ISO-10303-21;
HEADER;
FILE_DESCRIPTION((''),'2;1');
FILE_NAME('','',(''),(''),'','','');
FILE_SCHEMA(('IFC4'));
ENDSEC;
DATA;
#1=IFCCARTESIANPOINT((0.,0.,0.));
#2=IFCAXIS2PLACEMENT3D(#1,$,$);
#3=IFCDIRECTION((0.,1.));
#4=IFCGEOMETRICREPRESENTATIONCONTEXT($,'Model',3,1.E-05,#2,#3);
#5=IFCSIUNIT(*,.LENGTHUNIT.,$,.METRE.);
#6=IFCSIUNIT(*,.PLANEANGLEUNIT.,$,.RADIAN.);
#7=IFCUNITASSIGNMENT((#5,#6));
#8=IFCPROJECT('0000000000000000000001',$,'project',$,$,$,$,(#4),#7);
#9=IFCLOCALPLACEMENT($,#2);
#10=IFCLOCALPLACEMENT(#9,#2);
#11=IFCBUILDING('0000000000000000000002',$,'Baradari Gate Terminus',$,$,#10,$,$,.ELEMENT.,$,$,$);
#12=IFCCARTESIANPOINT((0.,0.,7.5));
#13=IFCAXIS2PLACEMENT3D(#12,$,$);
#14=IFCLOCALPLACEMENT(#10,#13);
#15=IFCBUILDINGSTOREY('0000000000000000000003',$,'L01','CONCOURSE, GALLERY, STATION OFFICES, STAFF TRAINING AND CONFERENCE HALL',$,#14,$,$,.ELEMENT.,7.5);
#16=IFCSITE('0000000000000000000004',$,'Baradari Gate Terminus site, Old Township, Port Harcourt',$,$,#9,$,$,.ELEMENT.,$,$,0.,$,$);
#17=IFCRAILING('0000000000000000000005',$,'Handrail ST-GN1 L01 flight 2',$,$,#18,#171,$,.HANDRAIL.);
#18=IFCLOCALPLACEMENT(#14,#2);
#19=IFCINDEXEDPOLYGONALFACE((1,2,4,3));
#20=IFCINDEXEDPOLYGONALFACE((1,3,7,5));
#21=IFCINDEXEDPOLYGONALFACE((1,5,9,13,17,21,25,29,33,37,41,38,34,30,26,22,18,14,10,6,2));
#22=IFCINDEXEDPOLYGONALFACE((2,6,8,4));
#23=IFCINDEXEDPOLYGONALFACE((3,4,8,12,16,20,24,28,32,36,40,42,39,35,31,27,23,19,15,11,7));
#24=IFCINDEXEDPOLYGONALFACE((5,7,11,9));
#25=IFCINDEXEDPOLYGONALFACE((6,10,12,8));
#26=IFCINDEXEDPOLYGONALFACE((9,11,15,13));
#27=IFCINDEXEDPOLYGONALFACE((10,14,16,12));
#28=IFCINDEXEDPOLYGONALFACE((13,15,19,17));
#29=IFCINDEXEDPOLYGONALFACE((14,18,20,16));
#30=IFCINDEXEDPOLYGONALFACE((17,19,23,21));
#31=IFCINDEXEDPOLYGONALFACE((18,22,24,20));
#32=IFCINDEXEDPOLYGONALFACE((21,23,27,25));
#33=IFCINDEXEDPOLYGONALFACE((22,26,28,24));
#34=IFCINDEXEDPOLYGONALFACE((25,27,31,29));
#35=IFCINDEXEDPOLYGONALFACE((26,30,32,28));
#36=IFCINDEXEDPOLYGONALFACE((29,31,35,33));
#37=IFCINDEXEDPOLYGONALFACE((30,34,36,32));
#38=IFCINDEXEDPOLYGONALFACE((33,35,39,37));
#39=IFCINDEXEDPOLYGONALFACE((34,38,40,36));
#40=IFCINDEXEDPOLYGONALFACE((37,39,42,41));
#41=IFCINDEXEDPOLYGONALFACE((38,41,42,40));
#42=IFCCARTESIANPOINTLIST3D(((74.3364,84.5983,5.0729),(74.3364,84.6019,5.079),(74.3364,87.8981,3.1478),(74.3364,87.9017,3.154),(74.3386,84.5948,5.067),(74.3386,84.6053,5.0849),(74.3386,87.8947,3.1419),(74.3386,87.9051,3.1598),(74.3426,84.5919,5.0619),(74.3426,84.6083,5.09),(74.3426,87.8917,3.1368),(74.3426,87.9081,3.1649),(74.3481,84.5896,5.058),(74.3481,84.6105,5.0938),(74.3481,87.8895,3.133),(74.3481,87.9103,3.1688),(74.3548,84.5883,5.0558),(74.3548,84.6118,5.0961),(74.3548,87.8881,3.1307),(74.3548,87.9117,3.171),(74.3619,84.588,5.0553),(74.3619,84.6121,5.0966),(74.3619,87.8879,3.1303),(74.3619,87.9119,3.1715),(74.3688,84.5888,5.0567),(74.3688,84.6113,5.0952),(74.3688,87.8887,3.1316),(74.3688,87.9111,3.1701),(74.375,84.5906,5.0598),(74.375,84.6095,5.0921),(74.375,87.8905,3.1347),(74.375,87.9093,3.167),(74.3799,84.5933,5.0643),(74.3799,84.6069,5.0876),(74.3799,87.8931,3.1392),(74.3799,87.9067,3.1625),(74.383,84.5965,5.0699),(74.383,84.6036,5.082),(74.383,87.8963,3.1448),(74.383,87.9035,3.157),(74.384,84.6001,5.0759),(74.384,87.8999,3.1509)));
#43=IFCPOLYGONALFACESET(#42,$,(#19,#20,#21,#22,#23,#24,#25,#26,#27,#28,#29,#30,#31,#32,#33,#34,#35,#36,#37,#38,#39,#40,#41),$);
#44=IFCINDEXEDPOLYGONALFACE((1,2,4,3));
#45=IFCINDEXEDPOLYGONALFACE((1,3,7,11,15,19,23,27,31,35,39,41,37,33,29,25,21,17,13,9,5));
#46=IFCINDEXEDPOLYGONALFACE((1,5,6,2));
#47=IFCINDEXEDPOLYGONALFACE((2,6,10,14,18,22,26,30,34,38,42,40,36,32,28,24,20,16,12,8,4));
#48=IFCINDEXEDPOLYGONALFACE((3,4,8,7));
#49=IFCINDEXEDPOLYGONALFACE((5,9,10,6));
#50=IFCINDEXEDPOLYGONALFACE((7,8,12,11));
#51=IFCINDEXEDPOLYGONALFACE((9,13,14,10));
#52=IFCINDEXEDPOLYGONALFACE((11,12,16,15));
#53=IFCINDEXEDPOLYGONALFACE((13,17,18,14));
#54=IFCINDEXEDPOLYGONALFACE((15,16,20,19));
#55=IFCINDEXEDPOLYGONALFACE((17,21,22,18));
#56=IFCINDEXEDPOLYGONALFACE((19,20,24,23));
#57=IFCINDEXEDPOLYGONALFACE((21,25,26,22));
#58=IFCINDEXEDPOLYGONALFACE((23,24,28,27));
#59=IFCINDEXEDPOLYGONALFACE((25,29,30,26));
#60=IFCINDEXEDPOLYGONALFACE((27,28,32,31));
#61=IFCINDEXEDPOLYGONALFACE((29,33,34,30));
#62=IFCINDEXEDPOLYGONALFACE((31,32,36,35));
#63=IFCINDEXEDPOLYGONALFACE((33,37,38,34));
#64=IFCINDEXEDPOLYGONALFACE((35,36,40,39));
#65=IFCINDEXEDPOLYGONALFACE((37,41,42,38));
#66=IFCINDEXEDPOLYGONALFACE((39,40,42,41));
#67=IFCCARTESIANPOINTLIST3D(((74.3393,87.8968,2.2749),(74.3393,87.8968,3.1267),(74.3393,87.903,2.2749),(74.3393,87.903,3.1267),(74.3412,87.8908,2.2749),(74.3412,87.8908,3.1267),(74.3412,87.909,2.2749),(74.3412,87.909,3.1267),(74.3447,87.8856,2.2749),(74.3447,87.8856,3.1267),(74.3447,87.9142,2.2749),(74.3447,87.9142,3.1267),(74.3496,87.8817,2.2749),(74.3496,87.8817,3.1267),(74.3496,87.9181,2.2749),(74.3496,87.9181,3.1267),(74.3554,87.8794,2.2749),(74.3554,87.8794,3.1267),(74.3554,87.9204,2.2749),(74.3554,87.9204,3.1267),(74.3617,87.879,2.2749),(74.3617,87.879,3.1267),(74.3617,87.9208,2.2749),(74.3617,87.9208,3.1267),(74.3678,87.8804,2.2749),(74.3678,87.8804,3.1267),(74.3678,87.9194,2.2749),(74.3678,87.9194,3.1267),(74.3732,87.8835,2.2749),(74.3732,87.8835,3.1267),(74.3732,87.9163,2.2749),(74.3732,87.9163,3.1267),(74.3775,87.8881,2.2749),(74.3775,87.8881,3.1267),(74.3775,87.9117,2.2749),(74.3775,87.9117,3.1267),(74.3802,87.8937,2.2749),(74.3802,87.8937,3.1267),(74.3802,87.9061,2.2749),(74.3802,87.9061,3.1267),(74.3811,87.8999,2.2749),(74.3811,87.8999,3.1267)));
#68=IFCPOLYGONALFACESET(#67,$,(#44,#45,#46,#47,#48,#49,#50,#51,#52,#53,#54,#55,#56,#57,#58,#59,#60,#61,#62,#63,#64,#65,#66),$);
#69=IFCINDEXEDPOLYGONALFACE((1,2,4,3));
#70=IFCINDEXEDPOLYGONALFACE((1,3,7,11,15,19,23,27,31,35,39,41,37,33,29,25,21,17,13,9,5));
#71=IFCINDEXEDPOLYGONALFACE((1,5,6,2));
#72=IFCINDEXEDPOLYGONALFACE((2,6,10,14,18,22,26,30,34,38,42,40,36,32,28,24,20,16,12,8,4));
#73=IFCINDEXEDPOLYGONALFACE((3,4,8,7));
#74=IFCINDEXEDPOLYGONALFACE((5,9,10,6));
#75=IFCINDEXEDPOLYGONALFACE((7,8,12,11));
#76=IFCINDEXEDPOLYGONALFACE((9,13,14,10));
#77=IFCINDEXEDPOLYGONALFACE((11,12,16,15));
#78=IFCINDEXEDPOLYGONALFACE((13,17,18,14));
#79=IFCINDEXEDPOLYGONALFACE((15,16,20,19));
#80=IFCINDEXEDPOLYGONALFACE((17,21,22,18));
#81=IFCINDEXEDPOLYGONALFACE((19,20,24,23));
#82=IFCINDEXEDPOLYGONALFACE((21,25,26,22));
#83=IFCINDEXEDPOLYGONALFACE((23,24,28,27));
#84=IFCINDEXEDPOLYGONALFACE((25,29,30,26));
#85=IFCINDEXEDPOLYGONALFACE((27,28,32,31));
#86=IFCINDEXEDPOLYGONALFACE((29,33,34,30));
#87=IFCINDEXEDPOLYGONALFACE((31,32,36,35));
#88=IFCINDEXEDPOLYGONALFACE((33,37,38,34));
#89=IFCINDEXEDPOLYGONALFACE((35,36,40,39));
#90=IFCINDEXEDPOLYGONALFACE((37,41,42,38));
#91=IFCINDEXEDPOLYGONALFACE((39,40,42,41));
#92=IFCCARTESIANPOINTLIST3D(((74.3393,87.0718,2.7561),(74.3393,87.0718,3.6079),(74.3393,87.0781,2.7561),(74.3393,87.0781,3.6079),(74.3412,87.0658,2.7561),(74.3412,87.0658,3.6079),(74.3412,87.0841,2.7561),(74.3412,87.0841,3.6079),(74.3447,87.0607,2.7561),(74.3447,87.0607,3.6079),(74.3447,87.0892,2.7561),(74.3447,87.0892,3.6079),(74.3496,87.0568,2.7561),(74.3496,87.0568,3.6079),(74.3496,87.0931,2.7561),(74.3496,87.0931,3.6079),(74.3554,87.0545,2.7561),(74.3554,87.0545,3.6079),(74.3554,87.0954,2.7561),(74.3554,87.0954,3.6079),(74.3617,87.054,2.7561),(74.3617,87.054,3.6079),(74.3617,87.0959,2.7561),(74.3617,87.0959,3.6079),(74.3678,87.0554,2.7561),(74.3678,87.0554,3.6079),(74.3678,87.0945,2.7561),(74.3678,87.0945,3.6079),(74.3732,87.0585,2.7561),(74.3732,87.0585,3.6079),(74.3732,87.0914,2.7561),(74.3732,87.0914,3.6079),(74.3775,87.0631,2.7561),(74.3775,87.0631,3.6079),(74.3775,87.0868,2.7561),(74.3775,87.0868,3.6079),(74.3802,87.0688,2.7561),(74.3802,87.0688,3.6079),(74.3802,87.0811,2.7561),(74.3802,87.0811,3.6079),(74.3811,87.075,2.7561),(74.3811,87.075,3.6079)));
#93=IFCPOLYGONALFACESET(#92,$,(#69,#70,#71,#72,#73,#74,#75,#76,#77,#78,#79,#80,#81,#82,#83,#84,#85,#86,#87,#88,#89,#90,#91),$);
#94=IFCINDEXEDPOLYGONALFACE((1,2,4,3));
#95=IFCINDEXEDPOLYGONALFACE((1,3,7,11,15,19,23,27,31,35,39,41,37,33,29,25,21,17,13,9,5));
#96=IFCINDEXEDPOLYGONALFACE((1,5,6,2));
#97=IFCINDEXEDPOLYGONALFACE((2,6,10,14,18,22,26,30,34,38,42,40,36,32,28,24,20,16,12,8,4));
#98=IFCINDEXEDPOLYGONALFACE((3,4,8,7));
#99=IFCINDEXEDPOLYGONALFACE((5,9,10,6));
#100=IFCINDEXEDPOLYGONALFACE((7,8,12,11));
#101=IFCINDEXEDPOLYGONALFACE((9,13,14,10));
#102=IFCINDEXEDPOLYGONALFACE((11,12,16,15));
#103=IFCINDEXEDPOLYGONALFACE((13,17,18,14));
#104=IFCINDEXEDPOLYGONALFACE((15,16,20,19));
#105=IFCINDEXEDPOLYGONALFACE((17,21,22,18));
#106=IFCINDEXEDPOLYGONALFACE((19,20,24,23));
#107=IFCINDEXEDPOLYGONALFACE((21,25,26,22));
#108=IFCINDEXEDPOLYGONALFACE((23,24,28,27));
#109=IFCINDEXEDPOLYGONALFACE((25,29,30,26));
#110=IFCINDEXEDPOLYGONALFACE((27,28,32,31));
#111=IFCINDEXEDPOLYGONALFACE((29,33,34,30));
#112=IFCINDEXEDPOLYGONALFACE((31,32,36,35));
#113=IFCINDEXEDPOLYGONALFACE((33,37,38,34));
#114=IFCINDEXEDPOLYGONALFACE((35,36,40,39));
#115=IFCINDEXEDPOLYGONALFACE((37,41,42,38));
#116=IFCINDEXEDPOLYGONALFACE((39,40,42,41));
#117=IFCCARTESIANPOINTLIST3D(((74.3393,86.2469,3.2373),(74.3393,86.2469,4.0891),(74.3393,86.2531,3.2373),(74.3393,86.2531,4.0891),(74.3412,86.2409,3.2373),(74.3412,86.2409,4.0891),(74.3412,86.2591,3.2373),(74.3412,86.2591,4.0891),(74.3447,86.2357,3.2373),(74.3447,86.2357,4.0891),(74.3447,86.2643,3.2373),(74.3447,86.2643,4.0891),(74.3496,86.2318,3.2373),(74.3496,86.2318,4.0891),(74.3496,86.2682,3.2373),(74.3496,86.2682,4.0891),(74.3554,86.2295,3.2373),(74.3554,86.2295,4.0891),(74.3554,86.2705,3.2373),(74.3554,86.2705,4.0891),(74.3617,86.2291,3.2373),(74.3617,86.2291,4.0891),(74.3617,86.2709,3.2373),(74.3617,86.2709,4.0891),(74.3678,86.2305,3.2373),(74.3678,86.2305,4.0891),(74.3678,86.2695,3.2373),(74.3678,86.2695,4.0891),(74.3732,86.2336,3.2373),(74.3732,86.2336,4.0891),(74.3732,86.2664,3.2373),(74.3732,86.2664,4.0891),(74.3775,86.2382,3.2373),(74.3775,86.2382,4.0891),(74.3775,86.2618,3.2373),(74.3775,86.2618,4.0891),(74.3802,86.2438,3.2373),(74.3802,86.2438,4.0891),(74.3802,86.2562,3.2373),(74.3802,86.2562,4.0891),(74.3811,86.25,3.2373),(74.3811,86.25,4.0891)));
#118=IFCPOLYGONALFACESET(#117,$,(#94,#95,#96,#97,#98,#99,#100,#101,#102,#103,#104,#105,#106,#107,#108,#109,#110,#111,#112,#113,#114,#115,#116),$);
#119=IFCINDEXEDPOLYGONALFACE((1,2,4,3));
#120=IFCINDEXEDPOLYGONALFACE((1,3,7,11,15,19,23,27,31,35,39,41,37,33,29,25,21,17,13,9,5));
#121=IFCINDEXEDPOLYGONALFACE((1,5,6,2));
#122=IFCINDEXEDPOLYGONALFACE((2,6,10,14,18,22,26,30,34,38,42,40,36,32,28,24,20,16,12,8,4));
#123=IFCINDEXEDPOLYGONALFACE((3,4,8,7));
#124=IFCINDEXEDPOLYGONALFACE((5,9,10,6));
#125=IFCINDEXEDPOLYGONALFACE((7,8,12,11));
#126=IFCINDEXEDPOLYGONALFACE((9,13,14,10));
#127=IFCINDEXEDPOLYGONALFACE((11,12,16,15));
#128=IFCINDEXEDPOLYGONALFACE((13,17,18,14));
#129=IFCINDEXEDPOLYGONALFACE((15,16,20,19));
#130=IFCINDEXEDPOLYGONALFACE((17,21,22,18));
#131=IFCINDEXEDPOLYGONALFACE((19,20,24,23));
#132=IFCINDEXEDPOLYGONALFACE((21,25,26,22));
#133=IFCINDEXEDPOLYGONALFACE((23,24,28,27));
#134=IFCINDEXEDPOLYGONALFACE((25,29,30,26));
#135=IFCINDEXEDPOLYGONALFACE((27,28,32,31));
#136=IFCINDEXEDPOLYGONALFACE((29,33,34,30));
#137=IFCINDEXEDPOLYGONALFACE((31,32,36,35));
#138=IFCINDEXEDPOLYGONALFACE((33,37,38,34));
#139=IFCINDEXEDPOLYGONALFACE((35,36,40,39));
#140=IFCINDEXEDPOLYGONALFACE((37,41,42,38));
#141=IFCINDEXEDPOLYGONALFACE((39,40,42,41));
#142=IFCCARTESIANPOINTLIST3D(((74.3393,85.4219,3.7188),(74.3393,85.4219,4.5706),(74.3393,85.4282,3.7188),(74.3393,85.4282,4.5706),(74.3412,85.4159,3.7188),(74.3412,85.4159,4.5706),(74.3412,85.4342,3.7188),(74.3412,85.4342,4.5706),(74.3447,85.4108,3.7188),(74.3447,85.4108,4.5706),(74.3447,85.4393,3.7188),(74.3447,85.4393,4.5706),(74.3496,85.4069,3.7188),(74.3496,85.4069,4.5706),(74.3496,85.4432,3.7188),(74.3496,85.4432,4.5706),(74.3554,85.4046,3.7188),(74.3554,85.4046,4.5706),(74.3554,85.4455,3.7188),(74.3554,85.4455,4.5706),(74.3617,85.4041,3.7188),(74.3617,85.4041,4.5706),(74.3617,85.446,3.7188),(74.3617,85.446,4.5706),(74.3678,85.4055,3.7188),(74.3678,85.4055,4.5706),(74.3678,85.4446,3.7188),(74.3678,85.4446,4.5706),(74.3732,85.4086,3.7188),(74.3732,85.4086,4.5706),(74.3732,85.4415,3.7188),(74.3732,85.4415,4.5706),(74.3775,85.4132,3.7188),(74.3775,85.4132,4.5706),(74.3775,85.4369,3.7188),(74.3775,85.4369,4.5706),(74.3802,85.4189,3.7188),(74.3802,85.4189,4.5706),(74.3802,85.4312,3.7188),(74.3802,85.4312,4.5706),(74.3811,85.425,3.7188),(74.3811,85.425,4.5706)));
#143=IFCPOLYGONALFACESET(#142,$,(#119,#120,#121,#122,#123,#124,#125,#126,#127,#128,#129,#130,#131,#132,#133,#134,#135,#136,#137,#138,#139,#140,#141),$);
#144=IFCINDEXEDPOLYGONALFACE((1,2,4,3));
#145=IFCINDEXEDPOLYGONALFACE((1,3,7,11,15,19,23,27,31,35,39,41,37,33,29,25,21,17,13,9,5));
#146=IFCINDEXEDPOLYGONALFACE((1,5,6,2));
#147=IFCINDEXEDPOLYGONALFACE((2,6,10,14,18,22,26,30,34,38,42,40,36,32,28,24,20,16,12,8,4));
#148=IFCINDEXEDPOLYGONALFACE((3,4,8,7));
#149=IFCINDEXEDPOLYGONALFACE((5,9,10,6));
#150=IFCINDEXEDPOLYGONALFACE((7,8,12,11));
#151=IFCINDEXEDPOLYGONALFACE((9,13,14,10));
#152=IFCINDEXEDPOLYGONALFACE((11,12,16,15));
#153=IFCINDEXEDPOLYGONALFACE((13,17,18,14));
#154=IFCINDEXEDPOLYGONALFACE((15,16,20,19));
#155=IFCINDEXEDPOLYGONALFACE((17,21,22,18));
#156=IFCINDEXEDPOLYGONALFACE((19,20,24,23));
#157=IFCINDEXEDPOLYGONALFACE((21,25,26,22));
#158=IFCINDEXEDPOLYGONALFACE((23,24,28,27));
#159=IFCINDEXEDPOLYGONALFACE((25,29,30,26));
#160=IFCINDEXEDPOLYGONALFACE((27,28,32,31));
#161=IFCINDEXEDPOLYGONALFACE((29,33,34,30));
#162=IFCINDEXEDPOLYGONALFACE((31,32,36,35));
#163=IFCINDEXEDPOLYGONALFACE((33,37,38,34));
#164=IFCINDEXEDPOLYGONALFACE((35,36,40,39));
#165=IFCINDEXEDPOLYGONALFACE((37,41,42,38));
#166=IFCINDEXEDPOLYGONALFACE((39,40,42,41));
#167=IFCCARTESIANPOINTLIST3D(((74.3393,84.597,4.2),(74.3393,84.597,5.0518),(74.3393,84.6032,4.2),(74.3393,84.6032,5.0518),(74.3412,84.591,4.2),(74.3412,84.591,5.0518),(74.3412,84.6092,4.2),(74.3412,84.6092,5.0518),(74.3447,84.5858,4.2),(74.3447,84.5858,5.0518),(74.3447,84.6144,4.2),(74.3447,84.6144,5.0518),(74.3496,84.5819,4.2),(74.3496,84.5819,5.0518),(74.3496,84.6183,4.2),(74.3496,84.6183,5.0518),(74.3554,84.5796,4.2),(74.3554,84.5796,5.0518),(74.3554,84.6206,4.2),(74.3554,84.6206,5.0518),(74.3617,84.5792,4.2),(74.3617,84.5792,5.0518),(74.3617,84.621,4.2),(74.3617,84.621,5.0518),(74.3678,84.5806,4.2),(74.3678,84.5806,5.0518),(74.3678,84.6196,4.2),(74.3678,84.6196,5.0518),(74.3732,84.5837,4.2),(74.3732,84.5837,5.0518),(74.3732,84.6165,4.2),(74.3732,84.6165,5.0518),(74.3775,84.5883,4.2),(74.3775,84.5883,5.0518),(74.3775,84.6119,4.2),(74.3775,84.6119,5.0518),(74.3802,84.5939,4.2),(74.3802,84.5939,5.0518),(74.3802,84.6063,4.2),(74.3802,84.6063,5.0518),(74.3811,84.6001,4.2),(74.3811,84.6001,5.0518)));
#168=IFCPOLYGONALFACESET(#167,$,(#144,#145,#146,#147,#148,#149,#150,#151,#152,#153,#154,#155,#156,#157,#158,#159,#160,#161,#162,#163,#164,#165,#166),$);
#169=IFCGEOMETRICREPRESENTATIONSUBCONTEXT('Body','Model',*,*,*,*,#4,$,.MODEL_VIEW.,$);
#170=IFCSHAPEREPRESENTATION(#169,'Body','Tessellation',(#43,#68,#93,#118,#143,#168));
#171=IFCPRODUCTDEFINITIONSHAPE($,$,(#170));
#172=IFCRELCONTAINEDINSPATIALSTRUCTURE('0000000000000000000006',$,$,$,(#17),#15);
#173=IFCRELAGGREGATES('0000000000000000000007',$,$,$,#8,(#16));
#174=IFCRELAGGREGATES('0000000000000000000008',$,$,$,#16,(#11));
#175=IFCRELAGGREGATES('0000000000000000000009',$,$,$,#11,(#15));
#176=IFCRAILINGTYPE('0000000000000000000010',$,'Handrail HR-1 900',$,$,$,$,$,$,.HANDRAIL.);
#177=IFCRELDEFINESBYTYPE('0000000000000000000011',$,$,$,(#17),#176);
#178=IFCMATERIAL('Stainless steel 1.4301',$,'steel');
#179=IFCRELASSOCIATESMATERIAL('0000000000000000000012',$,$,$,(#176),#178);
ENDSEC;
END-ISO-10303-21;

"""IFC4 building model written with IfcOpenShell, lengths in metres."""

from ifc_helpers import new_model, si_unit, direction, frame, origin, origin_2d, place, context, subcontext, project, spatial, circle, extrude, material, type_object, element, save


model = new_model("IFC4")

# Units and contexts
model_context = context("Model", 3, precision=1e-05, world=origin(), true_north=direction((0.0, 1.0)))
body_context = subcontext(model_context, "Body", "Model", "MODEL_VIEW")
ifc_project = project(units=[si_unit("LENGTHUNIT", "METRE"), si_unit("PLANEANGLEUNIT", "RADIAN")], contexts=[model_context])

# Site, building, storey
site_placement = place(None, origin())
site = spatial("IfcSite", under=ifc_project, at=site_placement, Name="Baradari Gate Terminus site, Old Township, Port Harcourt", CompositionType="ELEMENT", RefElevation=0.0)
building_placement = place(site_placement, origin())
building = spatial("IfcBuilding", under=site, at=building_placement, Name="Baradari Gate Terminus", CompositionType="ELEMENT")
storey_placement = place(building_placement, frame((0.0, 0.0, 7.5)))
storey = spatial("IfcBuildingStorey", under=building, at=storey_placement, Name="L01", Description="CONCOURSE, GALLERY, STATION OFFICES, STAFF TRAINING AND CONFERENCE HALL", CompositionType="ELEMENT", Elevation=7.5)

# Railing
ifc_material_1 = material(Name="Stainless steel 1.4301", Category="steel")
railing_type = type_object("IfcRailingType", Name="Handrail HR-1 900", PredefinedType="HANDRAIL", material=ifc_material_1)
railing_placement = place(storey_placement, frame((74.3601, 87.8999, 2.2749)))
element("IfcRailing", 1, at=railing_placement, inside=storey, type_object=railing_type, Name="Handrail ST-GN1 L01 flight 2", PredefinedType="HANDRAIL", context=body_context, shape_type="SweptSolid", body=[
    extrude(circle(Radius=0.0239, at=origin_2d()), frame((0.0, 0.0, 0.876), z_axis=(0.0, -0.86376, 0.503903), x_axis=(1.0, 0.0, 0.0)), (0.0, 0.0, 1.0), 3.8203),
    extrude(circle(Radius=0.021, at=origin_2d()), origin(), (0.0, 0.0, 1.0), 0.8518),
    extrude(circle(Radius=0.021, at=origin_2d()), frame((0.0, -0.825, 0.4812)), (0.0, 0.0, 1.0), 0.8518),
    extrude(circle(Radius=0.021, at=origin_2d()), frame((0.0, -1.6499, 0.9624)), (0.0, 0.0, 1.0), 0.8518),
    extrude(circle(Radius=0.021, at=origin_2d()), frame((0.0, -2.4749, 1.4438)), (0.0, 0.0, 1.0), 0.8518),
    extrude(circle(Radius=0.021, at=origin_2d()), frame((0.0, -3.2998, 1.925)), (0.0, 0.0, 1.0), 0.8518),
])

save(model, "model.ifc")
